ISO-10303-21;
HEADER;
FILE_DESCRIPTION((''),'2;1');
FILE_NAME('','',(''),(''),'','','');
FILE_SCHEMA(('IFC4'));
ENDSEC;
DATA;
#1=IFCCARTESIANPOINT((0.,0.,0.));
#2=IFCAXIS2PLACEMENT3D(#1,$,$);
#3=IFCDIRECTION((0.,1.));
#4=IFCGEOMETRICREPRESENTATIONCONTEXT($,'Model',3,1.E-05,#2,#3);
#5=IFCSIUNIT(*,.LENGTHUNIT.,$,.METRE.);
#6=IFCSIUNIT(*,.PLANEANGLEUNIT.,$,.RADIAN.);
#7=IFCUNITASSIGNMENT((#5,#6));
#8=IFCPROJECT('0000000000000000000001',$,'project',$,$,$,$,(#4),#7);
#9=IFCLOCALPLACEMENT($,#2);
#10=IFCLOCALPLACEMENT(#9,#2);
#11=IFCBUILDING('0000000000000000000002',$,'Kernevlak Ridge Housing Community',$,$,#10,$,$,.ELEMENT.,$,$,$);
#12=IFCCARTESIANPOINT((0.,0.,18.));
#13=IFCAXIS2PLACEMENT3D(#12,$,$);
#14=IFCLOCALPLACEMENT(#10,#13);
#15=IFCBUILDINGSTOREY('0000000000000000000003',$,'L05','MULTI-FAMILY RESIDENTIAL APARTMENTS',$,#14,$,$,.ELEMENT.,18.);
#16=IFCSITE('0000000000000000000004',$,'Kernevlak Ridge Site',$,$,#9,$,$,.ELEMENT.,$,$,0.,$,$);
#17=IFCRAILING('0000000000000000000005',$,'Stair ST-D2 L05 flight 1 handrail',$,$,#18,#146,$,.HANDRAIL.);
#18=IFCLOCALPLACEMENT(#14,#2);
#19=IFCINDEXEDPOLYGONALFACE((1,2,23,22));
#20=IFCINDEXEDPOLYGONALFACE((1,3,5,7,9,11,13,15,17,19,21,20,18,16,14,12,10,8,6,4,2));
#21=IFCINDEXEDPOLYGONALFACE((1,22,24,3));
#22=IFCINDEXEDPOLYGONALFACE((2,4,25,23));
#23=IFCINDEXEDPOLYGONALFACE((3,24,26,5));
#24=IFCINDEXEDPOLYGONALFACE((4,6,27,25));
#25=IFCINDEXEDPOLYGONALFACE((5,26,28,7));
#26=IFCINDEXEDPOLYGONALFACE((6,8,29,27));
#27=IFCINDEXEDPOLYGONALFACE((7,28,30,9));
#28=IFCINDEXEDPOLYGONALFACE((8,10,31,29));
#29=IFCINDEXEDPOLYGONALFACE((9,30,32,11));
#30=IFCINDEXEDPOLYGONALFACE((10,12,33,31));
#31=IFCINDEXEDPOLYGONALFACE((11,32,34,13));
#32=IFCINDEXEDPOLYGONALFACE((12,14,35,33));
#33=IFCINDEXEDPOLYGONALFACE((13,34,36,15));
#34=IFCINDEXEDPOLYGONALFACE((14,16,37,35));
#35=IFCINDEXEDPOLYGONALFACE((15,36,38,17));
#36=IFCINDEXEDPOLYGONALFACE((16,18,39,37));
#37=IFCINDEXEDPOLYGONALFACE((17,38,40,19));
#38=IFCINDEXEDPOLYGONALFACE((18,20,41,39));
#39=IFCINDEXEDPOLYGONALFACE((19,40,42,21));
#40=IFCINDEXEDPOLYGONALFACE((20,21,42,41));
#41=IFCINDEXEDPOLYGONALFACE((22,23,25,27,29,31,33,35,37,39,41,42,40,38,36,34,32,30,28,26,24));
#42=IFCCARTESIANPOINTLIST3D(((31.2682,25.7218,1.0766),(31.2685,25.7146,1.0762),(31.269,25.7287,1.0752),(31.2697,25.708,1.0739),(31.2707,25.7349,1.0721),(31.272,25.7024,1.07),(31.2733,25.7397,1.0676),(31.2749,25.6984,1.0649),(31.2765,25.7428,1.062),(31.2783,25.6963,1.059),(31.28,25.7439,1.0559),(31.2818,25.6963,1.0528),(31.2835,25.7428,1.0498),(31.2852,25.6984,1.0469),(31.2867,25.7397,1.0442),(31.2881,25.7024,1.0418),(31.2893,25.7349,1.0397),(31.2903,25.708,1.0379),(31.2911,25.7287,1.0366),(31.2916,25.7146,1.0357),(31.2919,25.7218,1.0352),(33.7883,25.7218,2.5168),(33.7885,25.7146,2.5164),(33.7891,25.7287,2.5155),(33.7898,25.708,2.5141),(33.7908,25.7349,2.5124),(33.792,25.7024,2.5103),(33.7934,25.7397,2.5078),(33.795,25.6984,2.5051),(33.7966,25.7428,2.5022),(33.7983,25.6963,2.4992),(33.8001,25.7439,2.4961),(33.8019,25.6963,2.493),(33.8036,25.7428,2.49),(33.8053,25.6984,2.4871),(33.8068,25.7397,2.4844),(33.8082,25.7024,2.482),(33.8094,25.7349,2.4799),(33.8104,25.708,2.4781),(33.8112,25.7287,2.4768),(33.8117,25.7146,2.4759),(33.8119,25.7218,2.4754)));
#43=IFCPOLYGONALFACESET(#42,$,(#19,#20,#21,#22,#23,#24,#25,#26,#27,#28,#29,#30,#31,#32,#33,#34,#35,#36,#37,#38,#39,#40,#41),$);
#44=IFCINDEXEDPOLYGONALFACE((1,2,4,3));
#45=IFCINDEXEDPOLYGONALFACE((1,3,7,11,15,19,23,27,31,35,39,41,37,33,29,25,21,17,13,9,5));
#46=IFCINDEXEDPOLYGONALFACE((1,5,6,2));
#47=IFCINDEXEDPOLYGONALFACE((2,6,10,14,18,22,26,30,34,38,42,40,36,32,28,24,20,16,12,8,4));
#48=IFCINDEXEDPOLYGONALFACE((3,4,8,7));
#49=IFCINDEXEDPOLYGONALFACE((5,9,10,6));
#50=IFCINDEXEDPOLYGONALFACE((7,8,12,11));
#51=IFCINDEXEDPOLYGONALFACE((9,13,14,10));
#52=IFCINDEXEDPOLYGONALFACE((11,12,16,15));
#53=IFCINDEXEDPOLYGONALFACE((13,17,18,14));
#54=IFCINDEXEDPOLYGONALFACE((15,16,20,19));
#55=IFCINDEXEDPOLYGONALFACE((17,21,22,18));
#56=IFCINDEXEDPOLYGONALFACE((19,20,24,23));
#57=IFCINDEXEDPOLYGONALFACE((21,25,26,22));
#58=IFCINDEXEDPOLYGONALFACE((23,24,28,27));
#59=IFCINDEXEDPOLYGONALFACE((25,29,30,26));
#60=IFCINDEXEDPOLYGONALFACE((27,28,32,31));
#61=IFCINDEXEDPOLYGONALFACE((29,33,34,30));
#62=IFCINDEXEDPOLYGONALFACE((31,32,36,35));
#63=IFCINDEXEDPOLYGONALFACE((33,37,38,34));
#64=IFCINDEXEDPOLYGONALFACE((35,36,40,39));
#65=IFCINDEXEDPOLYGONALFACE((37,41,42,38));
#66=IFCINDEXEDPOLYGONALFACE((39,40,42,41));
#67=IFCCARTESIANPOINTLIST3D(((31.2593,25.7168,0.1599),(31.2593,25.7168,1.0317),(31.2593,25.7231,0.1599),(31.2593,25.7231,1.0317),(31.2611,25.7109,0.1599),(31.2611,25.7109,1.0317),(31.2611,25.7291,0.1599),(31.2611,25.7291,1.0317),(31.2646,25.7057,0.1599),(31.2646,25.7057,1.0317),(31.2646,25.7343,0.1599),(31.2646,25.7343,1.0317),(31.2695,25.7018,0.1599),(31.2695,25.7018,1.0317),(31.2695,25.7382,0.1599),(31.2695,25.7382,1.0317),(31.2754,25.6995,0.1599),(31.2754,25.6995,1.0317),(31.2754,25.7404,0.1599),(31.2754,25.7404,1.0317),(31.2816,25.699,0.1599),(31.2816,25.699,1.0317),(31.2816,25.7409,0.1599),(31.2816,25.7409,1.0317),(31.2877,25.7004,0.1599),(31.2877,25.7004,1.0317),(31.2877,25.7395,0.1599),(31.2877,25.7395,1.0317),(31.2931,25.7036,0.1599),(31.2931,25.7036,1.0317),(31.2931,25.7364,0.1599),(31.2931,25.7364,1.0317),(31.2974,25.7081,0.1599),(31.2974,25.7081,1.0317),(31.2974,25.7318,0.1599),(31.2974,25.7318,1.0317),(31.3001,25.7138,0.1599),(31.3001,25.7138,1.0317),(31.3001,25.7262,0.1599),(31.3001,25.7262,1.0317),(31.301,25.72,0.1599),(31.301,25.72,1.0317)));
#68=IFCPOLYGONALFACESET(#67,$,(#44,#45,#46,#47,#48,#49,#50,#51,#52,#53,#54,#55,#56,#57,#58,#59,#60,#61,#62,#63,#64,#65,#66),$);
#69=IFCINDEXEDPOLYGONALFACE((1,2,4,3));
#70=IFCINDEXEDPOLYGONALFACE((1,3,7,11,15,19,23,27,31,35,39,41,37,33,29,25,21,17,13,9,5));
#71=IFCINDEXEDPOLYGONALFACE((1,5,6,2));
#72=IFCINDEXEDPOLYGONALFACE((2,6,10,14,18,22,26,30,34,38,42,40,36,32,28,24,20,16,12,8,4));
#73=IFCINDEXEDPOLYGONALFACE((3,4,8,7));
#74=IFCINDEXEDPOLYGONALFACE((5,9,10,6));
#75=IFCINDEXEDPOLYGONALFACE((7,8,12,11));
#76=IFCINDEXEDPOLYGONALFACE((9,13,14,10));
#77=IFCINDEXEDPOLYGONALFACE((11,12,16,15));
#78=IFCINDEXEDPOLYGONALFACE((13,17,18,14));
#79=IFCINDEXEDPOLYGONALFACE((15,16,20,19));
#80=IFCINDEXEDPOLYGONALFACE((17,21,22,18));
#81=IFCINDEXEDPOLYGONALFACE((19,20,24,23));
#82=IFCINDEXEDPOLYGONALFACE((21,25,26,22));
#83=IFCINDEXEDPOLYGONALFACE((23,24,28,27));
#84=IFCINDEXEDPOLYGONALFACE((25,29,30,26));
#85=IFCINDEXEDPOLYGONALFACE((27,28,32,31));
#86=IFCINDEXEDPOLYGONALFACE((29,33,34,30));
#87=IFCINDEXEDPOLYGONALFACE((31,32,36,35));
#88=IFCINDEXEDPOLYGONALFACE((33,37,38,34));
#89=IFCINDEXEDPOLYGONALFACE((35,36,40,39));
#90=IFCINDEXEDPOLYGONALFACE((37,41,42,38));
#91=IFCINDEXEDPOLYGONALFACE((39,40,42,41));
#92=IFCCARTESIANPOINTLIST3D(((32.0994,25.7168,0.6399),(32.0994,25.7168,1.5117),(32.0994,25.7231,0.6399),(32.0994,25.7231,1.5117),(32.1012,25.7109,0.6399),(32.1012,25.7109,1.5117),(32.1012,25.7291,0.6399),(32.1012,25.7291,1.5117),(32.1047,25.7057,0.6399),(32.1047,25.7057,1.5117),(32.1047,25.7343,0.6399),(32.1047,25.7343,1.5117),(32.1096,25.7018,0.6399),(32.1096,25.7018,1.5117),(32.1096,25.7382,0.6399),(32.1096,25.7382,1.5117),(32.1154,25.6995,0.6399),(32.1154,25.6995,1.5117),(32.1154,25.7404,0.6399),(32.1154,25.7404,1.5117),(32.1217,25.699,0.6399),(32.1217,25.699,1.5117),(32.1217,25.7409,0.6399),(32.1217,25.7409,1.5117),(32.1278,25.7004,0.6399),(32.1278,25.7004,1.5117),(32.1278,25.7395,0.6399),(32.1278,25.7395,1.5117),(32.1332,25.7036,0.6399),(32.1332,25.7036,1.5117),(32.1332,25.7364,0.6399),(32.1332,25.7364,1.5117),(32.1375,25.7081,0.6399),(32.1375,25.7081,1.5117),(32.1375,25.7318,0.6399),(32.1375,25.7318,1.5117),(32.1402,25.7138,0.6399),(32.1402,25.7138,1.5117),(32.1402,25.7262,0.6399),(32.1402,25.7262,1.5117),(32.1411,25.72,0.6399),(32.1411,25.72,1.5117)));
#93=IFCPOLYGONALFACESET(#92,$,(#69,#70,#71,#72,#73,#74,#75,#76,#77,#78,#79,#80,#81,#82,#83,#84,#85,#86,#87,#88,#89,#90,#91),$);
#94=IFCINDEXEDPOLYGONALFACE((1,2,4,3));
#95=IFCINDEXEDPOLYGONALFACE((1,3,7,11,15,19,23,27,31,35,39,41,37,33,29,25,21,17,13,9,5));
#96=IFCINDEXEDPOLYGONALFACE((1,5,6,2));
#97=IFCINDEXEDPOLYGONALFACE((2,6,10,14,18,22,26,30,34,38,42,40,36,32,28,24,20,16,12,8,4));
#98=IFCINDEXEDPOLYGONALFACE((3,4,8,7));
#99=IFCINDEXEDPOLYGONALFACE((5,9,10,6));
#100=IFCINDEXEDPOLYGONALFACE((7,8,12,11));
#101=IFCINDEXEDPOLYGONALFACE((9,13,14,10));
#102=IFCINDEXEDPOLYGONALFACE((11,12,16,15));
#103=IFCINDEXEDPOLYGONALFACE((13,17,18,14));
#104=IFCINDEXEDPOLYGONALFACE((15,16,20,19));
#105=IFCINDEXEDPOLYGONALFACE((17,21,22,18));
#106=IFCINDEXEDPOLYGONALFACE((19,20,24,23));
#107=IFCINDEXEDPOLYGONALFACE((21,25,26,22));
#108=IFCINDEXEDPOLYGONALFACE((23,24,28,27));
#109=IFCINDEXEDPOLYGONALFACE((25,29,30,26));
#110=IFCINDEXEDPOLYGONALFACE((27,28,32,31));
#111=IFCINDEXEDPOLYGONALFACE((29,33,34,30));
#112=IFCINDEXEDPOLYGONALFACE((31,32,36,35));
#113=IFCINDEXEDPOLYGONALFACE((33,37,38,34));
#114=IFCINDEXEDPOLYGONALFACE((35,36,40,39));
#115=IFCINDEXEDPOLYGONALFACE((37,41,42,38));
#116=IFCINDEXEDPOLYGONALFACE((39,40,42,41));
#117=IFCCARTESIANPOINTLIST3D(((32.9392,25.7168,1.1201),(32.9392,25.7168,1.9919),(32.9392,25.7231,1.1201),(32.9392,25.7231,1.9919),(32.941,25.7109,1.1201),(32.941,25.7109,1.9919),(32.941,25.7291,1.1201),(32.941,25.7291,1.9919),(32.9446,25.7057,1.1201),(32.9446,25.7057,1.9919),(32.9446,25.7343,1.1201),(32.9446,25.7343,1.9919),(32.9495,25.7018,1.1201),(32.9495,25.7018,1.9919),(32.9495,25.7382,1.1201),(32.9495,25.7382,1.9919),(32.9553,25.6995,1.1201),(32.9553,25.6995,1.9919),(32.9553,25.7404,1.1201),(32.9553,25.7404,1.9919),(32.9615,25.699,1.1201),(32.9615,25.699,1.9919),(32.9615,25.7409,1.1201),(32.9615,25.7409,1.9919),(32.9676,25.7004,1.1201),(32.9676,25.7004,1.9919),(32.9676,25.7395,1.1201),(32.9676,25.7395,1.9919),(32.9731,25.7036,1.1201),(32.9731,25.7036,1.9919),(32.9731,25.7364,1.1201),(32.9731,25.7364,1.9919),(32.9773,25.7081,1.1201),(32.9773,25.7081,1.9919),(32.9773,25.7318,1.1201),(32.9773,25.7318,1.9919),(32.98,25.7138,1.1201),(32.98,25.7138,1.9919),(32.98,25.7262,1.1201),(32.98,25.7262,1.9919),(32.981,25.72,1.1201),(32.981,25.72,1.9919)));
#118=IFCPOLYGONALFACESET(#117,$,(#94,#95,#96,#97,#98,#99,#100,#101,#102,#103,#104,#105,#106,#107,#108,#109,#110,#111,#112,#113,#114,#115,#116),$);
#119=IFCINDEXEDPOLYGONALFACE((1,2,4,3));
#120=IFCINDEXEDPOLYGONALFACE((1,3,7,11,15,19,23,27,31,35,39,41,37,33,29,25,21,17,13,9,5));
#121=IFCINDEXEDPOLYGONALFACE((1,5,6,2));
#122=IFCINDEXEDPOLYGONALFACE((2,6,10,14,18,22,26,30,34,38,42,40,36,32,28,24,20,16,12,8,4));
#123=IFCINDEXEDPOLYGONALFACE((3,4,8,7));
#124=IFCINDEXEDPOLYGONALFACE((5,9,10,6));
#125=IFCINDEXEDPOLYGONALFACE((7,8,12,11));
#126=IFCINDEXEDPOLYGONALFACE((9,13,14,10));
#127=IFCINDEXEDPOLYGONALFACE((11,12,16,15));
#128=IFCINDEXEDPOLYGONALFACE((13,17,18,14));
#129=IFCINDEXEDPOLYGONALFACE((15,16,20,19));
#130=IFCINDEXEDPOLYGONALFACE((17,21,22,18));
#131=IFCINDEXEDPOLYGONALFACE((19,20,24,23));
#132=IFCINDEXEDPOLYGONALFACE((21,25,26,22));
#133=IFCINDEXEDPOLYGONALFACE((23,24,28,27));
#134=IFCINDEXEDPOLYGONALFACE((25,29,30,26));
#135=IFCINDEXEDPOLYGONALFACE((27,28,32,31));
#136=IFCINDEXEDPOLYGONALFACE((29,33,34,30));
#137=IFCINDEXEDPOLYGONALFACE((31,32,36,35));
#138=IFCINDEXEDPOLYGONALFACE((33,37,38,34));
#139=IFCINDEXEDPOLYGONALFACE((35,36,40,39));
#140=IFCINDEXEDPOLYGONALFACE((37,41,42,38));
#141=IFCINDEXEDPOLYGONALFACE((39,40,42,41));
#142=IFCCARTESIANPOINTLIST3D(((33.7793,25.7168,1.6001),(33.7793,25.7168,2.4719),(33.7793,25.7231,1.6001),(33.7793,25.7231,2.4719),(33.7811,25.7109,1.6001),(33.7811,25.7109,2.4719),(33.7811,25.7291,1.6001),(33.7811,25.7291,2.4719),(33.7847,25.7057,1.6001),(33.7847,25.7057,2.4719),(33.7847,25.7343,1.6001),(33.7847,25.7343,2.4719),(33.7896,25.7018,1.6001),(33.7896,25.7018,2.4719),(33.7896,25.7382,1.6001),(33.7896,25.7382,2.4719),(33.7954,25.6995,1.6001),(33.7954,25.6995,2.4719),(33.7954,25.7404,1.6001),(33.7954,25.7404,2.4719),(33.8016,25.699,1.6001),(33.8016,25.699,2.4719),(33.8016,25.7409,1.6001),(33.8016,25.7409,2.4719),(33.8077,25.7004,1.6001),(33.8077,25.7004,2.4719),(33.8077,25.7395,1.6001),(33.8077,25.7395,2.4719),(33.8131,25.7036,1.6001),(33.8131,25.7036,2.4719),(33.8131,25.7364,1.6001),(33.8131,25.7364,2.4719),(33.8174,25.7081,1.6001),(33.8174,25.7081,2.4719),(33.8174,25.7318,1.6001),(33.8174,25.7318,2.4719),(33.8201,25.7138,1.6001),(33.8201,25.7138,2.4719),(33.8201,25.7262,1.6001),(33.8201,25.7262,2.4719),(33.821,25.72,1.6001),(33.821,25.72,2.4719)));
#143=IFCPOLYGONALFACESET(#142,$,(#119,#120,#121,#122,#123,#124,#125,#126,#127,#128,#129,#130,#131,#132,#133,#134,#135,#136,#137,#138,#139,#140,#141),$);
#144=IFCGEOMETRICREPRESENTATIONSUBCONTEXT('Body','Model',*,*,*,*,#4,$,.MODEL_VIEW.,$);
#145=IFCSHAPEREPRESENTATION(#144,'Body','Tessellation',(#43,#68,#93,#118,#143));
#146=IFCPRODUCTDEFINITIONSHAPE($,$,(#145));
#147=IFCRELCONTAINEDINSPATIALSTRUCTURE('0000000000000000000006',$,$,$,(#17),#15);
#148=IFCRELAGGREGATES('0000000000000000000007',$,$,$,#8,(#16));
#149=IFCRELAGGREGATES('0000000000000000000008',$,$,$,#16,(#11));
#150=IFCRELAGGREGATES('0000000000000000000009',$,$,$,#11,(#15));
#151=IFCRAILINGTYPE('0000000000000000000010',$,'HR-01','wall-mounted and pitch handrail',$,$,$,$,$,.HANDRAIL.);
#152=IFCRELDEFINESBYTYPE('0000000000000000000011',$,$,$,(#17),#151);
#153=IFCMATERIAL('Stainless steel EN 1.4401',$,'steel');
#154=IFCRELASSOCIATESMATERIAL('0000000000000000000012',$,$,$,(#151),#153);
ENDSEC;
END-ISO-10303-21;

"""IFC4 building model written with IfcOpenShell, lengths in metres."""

from ifc_helpers import new_model, si_unit, direction, frame, origin, origin_2d, place, context, subcontext, project, spatial, circle, extrude, material, type_object, element, save


model = new_model("IFC4")

# Units and contexts
model_context = context("Model", 3, precision=1e-05, world=origin(), true_north=direction((0.0, 1.0)))
body_context = subcontext(model_context, "Body", "Model", "MODEL_VIEW")
ifc_project = project(units=[si_unit("LENGTHUNIT", "METRE"), si_unit("PLANEANGLEUNIT", "RADIAN")], contexts=[model_context])

# Site, building, storey
site_placement = place(None, origin())
site = spatial("IfcSite", under=ifc_project, at=site_placement, Name="Kernevlak Ridge Site", CompositionType="ELEMENT", RefElevation=0.0)
building_placement = place(site_placement, origin())
building = spatial("IfcBuilding", under=site, at=building_placement, Name="Kernevlak Ridge Housing Community", CompositionType="ELEMENT")
storey_placement = place(building_placement, frame((0.0, 0.0, 18.0)))
storey = spatial("IfcBuildingStorey", under=building, at=storey_placement, Name="L05", Description="MULTI-FAMILY RESIDENTIAL APARTMENTS", CompositionType="ELEMENT", Elevation=18.0)

# Railing
ifc_material_1 = material(Name="Stainless steel EN 1.4401", Category="steel")
railing_type_1 = type_object("IfcRailingType", Name="HR-01", Description="wall-mounted and pitch handrail", PredefinedType="HANDRAIL", material=ifc_material_1)
railing_1_placement = place(storey_placement, frame((31.28, 25.72, 0.1599)))
element("IfcRailing", 1, at=railing_1_placement, inside=storey, type_object=railing_type_1, Name="Stair ST-D2 L05 flight 1 handrail", PredefinedType="HANDRAIL", context=body_context, shape_type="SweptSolid", body=[
    extrude(circle(Radius=0.0239, at=origin_2d()), frame((0.0, 0.0, 0.896), z_axis=(0.868217, 0.0, 0.496184), x_axis=(0.0, 1.0, 0.0)), (0.0, 0.0, 1.0), 2.9026),
    extrude(circle(Radius=0.021, at=origin_2d()), origin(), (0.0, 0.0, 1.0), 0.8718),
    extrude(circle(Radius=0.021, at=origin_2d()), frame((0.8401, 0.0, 0.48)), (0.0, 0.0, 1.0), 0.8718),
    extrude(circle(Radius=0.021, at=origin_2d()), frame((1.6799, 0.0, 0.9602)), (0.0, 0.0, 1.0), 0.8718),
    extrude(circle(Radius=0.021, at=origin_2d()), frame((2.52, 0.0, 1.4402)), (0.0, 0.0, 1.0), 0.8718),
])

save(model, "model.ifc")
